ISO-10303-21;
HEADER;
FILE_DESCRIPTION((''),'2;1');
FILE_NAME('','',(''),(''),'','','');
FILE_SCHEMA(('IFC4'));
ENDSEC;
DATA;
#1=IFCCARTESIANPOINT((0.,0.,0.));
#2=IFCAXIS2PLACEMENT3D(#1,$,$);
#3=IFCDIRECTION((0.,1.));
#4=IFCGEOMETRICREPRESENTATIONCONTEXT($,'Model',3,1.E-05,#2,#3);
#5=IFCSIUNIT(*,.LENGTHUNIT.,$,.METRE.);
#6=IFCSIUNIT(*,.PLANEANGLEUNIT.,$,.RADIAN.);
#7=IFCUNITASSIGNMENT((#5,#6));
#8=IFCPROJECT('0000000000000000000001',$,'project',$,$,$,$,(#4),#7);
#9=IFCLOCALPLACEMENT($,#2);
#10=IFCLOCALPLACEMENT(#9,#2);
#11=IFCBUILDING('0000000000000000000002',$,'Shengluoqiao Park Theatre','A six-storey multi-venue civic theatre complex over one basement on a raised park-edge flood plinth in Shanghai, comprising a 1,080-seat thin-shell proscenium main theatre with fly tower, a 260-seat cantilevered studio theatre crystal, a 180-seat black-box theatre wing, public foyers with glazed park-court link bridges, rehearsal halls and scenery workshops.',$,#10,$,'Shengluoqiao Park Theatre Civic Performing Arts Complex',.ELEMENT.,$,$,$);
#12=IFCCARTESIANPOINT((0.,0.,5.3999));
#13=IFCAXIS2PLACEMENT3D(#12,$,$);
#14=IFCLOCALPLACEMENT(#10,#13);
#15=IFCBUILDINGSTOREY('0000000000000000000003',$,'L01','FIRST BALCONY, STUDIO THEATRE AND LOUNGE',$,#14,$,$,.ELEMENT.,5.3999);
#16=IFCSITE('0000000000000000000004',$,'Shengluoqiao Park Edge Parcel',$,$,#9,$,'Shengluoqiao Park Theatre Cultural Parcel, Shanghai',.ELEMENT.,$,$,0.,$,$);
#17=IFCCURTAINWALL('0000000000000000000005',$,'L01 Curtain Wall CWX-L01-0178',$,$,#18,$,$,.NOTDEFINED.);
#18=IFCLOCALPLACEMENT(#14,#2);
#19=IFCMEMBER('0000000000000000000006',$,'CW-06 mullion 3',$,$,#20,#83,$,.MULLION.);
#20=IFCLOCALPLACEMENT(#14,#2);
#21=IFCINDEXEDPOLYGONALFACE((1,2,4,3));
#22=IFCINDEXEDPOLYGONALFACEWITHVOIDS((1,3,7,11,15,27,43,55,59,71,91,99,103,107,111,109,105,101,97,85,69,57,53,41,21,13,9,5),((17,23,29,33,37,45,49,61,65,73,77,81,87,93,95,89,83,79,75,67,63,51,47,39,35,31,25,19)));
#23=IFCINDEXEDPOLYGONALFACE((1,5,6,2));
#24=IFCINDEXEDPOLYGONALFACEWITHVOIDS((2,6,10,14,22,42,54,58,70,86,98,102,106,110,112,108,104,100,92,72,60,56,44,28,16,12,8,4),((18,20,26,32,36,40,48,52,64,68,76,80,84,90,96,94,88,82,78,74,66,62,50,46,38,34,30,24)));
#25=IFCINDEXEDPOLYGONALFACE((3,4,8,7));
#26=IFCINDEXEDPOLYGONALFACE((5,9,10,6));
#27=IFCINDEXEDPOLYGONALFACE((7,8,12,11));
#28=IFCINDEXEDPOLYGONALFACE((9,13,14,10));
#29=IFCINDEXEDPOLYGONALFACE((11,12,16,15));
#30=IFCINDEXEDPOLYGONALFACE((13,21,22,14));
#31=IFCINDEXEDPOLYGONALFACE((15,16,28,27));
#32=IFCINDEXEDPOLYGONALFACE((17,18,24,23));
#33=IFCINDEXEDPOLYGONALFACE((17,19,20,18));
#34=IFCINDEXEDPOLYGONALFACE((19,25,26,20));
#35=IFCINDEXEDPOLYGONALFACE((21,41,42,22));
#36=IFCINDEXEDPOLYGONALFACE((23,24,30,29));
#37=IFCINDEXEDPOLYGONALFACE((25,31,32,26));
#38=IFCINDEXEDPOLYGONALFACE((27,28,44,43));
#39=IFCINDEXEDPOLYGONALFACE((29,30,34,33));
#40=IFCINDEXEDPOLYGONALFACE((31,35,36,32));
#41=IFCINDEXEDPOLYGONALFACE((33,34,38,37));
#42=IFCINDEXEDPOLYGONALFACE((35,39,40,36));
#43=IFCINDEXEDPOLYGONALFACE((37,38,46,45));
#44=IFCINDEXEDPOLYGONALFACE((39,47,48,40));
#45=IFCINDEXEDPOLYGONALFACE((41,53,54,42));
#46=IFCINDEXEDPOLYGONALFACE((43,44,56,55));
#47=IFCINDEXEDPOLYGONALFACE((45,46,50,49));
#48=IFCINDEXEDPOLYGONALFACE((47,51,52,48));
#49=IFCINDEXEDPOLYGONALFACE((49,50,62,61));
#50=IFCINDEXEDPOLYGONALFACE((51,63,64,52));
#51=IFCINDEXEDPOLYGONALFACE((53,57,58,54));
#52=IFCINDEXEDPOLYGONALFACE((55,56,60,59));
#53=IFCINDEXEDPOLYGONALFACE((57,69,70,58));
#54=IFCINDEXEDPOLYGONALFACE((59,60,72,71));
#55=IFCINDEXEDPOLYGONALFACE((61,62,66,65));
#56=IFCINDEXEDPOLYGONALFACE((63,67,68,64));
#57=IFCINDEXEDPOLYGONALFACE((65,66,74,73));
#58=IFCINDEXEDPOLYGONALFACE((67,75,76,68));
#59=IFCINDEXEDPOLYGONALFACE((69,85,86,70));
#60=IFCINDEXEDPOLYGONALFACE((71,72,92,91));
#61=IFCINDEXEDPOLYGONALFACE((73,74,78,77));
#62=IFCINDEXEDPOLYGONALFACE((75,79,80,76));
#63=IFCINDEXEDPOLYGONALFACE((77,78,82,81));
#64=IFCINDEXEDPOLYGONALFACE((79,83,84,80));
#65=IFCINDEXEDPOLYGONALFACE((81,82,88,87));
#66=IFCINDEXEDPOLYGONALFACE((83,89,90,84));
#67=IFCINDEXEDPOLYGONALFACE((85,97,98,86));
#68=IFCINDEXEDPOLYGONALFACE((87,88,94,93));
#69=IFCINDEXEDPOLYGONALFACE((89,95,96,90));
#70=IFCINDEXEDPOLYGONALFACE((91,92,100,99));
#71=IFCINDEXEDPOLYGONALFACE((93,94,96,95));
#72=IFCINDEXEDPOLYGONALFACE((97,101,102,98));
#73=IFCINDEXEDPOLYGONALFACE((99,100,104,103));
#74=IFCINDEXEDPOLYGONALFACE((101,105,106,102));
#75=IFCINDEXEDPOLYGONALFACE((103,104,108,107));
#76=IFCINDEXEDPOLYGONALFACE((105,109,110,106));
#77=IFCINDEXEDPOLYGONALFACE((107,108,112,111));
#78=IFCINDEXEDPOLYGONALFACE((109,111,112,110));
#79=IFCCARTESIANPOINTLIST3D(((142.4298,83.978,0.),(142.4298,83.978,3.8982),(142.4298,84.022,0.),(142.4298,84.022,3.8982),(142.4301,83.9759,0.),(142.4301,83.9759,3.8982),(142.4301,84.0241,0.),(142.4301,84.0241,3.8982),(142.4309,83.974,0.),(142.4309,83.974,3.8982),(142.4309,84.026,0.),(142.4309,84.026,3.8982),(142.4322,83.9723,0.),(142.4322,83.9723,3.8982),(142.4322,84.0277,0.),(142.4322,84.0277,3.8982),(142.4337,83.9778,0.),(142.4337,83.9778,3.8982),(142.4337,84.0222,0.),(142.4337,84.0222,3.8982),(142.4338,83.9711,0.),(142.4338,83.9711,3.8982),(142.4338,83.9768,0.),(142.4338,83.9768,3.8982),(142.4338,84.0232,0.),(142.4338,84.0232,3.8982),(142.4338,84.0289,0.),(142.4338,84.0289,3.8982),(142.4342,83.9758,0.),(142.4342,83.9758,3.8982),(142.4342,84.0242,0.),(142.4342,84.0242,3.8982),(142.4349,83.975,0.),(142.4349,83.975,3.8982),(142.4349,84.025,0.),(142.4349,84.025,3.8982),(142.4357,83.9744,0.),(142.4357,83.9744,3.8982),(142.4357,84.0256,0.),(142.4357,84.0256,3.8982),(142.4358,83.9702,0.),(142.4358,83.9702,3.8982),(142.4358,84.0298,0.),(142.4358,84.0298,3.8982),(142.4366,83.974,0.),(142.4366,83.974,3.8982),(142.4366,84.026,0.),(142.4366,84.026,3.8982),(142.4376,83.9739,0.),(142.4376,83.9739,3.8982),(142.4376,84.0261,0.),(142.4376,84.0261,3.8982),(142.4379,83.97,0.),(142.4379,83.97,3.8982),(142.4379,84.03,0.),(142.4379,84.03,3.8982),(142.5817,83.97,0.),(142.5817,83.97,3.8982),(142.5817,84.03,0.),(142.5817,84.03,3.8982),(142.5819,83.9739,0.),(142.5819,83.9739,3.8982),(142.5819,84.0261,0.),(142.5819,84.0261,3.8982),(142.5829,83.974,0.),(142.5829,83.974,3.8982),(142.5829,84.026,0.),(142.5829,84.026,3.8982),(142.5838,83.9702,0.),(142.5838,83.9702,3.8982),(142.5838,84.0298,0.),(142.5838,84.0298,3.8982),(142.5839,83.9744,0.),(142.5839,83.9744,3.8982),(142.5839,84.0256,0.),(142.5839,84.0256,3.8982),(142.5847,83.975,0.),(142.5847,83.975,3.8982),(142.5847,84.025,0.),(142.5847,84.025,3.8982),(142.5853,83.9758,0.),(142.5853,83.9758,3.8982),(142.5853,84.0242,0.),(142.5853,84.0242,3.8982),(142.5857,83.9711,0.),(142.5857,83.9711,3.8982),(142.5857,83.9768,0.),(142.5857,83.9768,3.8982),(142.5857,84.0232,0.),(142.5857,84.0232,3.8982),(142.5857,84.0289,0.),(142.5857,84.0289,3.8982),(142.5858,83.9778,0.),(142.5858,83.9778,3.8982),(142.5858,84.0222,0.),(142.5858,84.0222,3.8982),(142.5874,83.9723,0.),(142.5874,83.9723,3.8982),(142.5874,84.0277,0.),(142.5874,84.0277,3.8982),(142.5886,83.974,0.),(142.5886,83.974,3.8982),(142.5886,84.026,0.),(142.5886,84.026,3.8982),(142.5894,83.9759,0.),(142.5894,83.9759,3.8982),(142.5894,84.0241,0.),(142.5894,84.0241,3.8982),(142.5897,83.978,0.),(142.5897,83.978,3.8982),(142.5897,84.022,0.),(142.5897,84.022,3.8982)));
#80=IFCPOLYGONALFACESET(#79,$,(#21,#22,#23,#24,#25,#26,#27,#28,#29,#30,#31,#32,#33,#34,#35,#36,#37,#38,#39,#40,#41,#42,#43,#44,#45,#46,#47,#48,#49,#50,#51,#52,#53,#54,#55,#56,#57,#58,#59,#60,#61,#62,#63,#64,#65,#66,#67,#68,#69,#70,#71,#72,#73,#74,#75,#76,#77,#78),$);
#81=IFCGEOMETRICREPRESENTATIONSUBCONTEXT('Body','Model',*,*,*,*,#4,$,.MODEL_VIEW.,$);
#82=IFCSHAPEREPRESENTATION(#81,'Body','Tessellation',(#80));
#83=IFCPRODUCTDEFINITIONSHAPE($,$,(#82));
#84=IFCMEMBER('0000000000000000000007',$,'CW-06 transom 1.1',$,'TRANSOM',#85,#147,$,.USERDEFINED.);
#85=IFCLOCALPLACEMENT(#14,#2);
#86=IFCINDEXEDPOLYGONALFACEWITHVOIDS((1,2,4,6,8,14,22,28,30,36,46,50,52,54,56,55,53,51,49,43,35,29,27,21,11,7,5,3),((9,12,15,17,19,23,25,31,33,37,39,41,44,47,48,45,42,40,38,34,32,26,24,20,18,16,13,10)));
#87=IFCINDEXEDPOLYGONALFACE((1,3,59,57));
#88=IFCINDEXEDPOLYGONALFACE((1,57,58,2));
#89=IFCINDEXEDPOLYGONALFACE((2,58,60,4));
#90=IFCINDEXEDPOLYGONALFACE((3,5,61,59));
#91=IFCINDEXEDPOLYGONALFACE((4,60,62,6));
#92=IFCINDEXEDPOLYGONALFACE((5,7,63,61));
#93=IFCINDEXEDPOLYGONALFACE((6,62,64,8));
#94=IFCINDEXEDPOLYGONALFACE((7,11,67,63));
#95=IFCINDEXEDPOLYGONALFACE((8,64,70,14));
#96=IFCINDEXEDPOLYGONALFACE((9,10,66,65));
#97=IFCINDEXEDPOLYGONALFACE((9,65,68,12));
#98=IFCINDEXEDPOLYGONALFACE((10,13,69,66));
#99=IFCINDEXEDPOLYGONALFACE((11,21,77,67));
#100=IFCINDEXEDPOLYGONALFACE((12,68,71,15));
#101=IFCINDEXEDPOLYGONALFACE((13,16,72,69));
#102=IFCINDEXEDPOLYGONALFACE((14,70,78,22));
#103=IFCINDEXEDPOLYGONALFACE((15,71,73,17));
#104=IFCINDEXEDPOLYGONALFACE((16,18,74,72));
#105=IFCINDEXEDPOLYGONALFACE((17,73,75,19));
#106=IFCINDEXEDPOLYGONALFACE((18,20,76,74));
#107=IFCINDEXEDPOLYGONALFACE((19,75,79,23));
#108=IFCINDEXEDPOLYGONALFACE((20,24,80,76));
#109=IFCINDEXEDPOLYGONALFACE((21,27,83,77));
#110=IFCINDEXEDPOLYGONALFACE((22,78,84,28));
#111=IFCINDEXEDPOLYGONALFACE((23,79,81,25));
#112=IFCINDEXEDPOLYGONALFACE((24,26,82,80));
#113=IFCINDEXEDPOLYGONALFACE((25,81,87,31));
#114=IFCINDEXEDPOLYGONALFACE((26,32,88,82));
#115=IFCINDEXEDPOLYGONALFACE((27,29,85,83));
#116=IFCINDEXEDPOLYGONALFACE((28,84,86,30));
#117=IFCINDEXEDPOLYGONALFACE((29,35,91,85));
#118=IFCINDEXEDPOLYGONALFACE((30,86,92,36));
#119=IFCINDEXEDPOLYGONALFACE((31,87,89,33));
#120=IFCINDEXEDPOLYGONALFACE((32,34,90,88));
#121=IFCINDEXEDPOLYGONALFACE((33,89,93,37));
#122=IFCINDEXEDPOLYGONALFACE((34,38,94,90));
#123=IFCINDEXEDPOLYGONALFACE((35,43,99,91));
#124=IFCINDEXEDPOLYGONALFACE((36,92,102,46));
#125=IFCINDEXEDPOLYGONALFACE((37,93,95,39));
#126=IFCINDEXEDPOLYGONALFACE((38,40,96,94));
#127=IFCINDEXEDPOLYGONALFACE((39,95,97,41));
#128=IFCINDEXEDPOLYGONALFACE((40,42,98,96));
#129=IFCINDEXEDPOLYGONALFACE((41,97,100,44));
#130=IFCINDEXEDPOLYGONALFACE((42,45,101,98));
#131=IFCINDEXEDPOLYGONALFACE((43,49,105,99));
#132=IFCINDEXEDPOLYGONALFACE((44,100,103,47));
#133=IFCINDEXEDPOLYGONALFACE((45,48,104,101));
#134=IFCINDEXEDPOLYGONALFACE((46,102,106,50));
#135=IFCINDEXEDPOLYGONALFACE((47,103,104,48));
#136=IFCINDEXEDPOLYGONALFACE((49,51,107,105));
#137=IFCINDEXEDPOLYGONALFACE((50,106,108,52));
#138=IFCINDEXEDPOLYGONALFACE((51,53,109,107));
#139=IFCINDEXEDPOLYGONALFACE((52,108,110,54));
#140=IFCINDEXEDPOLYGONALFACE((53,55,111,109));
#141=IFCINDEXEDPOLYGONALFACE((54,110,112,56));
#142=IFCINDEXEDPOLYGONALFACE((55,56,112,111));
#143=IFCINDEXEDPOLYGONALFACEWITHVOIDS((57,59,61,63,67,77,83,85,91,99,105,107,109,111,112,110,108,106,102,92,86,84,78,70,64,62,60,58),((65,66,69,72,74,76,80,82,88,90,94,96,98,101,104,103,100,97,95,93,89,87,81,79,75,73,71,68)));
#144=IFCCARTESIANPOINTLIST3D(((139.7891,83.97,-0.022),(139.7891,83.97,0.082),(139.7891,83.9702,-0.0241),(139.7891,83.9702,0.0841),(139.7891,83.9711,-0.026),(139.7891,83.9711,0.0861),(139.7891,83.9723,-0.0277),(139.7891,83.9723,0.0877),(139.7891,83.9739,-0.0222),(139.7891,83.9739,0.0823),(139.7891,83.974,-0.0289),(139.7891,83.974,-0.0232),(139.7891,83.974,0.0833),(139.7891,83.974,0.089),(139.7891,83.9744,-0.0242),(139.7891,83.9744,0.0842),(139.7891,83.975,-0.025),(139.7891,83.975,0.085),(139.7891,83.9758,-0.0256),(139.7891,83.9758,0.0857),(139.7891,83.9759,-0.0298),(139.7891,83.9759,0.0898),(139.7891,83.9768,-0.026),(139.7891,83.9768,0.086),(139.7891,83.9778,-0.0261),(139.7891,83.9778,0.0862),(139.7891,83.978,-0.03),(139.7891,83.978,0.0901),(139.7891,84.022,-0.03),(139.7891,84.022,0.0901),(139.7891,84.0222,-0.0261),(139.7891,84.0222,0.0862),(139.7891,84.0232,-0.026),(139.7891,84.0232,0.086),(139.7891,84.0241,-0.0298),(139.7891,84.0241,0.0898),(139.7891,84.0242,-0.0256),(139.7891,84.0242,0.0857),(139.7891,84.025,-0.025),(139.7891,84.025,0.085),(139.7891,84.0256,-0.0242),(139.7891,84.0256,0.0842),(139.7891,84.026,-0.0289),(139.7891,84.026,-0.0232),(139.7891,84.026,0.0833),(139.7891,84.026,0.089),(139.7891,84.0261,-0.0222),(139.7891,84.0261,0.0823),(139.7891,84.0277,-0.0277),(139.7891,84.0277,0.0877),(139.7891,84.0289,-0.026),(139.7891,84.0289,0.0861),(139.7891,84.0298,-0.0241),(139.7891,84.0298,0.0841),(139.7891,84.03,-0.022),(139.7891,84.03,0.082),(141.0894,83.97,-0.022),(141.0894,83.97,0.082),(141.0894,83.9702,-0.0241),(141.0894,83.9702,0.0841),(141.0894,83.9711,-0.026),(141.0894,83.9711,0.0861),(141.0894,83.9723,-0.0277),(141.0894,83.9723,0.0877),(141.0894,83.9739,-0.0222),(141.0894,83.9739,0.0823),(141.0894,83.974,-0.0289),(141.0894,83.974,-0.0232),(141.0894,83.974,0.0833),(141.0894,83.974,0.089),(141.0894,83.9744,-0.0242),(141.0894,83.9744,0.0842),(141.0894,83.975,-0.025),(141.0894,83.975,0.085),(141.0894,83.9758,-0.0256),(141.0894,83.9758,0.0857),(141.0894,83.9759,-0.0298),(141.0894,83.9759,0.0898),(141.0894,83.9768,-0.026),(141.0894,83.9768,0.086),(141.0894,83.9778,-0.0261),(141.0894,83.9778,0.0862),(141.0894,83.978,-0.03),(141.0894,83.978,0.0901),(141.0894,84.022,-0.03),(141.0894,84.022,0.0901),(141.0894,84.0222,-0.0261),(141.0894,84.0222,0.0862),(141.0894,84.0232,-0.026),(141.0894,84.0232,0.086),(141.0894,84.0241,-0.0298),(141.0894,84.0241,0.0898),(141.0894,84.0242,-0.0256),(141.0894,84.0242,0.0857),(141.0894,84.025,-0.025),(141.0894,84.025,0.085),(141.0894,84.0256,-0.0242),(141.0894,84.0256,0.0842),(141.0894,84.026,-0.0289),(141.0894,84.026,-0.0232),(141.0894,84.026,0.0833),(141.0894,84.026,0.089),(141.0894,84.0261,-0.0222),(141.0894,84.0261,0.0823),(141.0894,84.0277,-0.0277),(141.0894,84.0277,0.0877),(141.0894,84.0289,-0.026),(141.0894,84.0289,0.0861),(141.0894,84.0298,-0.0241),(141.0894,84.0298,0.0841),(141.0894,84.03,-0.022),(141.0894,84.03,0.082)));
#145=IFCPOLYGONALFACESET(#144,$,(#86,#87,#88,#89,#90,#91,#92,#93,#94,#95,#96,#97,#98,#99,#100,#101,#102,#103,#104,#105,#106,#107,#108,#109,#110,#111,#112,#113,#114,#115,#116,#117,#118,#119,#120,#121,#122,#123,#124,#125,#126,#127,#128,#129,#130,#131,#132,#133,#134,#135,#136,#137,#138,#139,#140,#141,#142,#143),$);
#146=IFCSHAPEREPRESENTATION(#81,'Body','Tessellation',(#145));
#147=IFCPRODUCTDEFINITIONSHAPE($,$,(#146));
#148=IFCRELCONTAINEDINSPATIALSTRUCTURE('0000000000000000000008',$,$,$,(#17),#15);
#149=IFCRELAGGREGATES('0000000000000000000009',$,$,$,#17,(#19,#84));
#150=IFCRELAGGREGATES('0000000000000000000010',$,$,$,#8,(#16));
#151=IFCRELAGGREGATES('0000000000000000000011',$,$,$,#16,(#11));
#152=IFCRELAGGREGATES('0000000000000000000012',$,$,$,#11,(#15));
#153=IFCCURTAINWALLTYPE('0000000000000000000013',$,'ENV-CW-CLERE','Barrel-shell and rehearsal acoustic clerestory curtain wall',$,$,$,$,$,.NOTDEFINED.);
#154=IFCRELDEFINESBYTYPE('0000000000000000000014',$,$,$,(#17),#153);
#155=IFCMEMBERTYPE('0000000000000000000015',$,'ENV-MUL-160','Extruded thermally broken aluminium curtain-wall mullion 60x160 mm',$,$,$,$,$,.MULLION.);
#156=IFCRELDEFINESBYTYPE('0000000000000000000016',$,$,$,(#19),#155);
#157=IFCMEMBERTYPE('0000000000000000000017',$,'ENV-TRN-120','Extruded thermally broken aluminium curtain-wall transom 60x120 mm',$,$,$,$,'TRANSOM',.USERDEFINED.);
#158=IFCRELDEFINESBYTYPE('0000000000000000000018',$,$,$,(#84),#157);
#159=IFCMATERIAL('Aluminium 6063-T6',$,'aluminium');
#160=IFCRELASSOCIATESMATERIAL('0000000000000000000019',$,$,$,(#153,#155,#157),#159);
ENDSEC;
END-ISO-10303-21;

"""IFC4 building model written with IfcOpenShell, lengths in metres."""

from ifc_helpers import new_model, si_unit, direction, frame, origin, origin_2d, place, context, subcontext, project, spatial, hollow_rectangle, extrude, material, material_profile, profile_set, type_object, element, aggregate, save


model = new_model("IFC4")

# Units and contexts
model_context = context("Model", 3, precision=1e-05, world=origin(), true_north=direction((0.0, 1.0)))
body_context = subcontext(model_context, "Body", "Model", "MODEL_VIEW")
ifc_project = project(units=[si_unit("LENGTHUNIT", "METRE"), si_unit("PLANEANGLEUNIT", "RADIAN")], contexts=[model_context])

# Site, building, storey
site_placement = place(None, origin())
site = spatial("IfcSite", under=ifc_project, at=site_placement, Name="Shengluoqiao Park Edge Parcel", LongName="Shengluoqiao Park Theatre Cultural Parcel, Shanghai", CompositionType="ELEMENT", RefElevation=0.0)
building_placement = place(site_placement, origin())
building = spatial("IfcBuilding", under=site, at=building_placement, Name="Shengluoqiao Park Theatre", Description="A six-storey multi-venue civic theatre complex over one basement on a raised park-edge flood plinth in Shanghai, comprising a 1,080-seat thin-shell proscenium main theatre with fly tower, a 260-seat cantilevered studio theatre crystal, a 180-seat black-box theatre wing, public foyers with glazed park-court link bridges, rehearsal halls and scenery workshops.", LongName="Shengluoqiao Park Theatre Civic Performing Arts Complex", CompositionType="ELEMENT")
storey_placement = place(building_placement, frame((0.0, 0.0, 5.3999)))
storey = spatial("IfcBuildingStorey", under=building, at=storey_placement, Name="L01", Description="FIRST BALCONY, STUDIO THEATRE AND LOUNGE", CompositionType="ELEMENT", Elevation=5.3999)

# Curtain wall, members
ifc_material_1 = material(Name="Aluminium 6063-T6", Category="aluminium")
curtain_wall_type = type_object("IfcCurtainWallType", Name="ENV-CW-CLERE", Description="Barrel-shell and rehearsal acoustic clerestory curtain wall", PredefinedType="NOTDEFINED", material=ifc_material_1)
curtain_wall_placement = place(storey_placement, origin())
curtain_wall = element("IfcCurtainWall", 1, at=curtain_wall_placement, inside=storey, type_object=curtain_wall_type, Name="L01 Curtain Wall CWX-L01-0178", PredefinedType="NOTDEFINED")
ifc_material_profile_1 = material_profile(ifc_material_1, hollow_rectangle(XDim=0.0601, YDim=0.1599, WallThickness=0.0039, InnerFilletRadius=0.0039, OuterFilletRadius=0.0081, at=origin_2d()), Name="ALU MULLION 160x60x4")
ifc_profile_set_1 = profile_set([ifc_material_profile_1], Name="Aluminium 6063-T6")
member_type_1 = type_object("IfcMemberType", Name="ENV-MUL-160", Description="Extruded thermally broken aluminium curtain-wall mullion 60x160 mm", PredefinedType="MULLION", material=ifc_profile_set_1)
member_1_placement = place(storey_placement, frame((142.5098, 84.0, 0.0), z_axis=(0.0, 0.0, 1.0), x_axis=(0.0, 1.0, 0.0)))
member_1 = element("IfcMember", 2, at=member_1_placement, type_object=member_type_1, Name="CW-06 mullion 3", PredefinedType="MULLION", context=body_context, shape_type="SweptSolid", body=[
    extrude(hollow_rectangle(XDim=0.0601, YDim=0.1599, WallThickness=0.0039, InnerFilletRadius=0.0039, OuterFilletRadius=0.0081, at=origin_2d()), origin(), (0.0, 0.0, 1.0), 3.8982),
])
ifc_material_profile_2 = material_profile(ifc_material_1, hollow_rectangle(XDim=0.0601, YDim=0.1201, WallThickness=0.0039, InnerFilletRadius=0.0039, OuterFilletRadius=0.0081, at=origin_2d()), Name="ALU TRANSOM 120x60x4")
ifc_profile_set_2 = profile_set([ifc_material_profile_2], Name="Aluminium 6063-T6")
member_type_2 = type_object("IfcMemberType", Name="ENV-TRN-120", Description="Extruded thermally broken aluminium curtain-wall transom 60x120 mm", ElementType="TRANSOM", PredefinedType="USERDEFINED", material=ifc_profile_set_2)
member_2_placement = place(storey_placement, frame((139.7891, 84.0, 0.03), z_axis=(1.0, 0.0, 0.0), x_axis=(0.0, 1.0, 0.0)))
member_2 = element("IfcMember", 3, at=member_2_placement, type_object=member_type_2, Name="CW-06 transom 1.1", ObjectType="TRANSOM", PredefinedType="USERDEFINED", context=body_context, shape_type="SweptSolid", body=[
    extrude(hollow_rectangle(XDim=0.0601, YDim=0.1201, WallThickness=0.0039, InnerFilletRadius=0.0039, OuterFilletRadius=0.0081, at=origin_2d()), origin(), (0.0, 0.0, 1.0), 1.3003),
])

aggregate(curtain_wall, [member_1, member_2])

save(model, "model.ifc")
